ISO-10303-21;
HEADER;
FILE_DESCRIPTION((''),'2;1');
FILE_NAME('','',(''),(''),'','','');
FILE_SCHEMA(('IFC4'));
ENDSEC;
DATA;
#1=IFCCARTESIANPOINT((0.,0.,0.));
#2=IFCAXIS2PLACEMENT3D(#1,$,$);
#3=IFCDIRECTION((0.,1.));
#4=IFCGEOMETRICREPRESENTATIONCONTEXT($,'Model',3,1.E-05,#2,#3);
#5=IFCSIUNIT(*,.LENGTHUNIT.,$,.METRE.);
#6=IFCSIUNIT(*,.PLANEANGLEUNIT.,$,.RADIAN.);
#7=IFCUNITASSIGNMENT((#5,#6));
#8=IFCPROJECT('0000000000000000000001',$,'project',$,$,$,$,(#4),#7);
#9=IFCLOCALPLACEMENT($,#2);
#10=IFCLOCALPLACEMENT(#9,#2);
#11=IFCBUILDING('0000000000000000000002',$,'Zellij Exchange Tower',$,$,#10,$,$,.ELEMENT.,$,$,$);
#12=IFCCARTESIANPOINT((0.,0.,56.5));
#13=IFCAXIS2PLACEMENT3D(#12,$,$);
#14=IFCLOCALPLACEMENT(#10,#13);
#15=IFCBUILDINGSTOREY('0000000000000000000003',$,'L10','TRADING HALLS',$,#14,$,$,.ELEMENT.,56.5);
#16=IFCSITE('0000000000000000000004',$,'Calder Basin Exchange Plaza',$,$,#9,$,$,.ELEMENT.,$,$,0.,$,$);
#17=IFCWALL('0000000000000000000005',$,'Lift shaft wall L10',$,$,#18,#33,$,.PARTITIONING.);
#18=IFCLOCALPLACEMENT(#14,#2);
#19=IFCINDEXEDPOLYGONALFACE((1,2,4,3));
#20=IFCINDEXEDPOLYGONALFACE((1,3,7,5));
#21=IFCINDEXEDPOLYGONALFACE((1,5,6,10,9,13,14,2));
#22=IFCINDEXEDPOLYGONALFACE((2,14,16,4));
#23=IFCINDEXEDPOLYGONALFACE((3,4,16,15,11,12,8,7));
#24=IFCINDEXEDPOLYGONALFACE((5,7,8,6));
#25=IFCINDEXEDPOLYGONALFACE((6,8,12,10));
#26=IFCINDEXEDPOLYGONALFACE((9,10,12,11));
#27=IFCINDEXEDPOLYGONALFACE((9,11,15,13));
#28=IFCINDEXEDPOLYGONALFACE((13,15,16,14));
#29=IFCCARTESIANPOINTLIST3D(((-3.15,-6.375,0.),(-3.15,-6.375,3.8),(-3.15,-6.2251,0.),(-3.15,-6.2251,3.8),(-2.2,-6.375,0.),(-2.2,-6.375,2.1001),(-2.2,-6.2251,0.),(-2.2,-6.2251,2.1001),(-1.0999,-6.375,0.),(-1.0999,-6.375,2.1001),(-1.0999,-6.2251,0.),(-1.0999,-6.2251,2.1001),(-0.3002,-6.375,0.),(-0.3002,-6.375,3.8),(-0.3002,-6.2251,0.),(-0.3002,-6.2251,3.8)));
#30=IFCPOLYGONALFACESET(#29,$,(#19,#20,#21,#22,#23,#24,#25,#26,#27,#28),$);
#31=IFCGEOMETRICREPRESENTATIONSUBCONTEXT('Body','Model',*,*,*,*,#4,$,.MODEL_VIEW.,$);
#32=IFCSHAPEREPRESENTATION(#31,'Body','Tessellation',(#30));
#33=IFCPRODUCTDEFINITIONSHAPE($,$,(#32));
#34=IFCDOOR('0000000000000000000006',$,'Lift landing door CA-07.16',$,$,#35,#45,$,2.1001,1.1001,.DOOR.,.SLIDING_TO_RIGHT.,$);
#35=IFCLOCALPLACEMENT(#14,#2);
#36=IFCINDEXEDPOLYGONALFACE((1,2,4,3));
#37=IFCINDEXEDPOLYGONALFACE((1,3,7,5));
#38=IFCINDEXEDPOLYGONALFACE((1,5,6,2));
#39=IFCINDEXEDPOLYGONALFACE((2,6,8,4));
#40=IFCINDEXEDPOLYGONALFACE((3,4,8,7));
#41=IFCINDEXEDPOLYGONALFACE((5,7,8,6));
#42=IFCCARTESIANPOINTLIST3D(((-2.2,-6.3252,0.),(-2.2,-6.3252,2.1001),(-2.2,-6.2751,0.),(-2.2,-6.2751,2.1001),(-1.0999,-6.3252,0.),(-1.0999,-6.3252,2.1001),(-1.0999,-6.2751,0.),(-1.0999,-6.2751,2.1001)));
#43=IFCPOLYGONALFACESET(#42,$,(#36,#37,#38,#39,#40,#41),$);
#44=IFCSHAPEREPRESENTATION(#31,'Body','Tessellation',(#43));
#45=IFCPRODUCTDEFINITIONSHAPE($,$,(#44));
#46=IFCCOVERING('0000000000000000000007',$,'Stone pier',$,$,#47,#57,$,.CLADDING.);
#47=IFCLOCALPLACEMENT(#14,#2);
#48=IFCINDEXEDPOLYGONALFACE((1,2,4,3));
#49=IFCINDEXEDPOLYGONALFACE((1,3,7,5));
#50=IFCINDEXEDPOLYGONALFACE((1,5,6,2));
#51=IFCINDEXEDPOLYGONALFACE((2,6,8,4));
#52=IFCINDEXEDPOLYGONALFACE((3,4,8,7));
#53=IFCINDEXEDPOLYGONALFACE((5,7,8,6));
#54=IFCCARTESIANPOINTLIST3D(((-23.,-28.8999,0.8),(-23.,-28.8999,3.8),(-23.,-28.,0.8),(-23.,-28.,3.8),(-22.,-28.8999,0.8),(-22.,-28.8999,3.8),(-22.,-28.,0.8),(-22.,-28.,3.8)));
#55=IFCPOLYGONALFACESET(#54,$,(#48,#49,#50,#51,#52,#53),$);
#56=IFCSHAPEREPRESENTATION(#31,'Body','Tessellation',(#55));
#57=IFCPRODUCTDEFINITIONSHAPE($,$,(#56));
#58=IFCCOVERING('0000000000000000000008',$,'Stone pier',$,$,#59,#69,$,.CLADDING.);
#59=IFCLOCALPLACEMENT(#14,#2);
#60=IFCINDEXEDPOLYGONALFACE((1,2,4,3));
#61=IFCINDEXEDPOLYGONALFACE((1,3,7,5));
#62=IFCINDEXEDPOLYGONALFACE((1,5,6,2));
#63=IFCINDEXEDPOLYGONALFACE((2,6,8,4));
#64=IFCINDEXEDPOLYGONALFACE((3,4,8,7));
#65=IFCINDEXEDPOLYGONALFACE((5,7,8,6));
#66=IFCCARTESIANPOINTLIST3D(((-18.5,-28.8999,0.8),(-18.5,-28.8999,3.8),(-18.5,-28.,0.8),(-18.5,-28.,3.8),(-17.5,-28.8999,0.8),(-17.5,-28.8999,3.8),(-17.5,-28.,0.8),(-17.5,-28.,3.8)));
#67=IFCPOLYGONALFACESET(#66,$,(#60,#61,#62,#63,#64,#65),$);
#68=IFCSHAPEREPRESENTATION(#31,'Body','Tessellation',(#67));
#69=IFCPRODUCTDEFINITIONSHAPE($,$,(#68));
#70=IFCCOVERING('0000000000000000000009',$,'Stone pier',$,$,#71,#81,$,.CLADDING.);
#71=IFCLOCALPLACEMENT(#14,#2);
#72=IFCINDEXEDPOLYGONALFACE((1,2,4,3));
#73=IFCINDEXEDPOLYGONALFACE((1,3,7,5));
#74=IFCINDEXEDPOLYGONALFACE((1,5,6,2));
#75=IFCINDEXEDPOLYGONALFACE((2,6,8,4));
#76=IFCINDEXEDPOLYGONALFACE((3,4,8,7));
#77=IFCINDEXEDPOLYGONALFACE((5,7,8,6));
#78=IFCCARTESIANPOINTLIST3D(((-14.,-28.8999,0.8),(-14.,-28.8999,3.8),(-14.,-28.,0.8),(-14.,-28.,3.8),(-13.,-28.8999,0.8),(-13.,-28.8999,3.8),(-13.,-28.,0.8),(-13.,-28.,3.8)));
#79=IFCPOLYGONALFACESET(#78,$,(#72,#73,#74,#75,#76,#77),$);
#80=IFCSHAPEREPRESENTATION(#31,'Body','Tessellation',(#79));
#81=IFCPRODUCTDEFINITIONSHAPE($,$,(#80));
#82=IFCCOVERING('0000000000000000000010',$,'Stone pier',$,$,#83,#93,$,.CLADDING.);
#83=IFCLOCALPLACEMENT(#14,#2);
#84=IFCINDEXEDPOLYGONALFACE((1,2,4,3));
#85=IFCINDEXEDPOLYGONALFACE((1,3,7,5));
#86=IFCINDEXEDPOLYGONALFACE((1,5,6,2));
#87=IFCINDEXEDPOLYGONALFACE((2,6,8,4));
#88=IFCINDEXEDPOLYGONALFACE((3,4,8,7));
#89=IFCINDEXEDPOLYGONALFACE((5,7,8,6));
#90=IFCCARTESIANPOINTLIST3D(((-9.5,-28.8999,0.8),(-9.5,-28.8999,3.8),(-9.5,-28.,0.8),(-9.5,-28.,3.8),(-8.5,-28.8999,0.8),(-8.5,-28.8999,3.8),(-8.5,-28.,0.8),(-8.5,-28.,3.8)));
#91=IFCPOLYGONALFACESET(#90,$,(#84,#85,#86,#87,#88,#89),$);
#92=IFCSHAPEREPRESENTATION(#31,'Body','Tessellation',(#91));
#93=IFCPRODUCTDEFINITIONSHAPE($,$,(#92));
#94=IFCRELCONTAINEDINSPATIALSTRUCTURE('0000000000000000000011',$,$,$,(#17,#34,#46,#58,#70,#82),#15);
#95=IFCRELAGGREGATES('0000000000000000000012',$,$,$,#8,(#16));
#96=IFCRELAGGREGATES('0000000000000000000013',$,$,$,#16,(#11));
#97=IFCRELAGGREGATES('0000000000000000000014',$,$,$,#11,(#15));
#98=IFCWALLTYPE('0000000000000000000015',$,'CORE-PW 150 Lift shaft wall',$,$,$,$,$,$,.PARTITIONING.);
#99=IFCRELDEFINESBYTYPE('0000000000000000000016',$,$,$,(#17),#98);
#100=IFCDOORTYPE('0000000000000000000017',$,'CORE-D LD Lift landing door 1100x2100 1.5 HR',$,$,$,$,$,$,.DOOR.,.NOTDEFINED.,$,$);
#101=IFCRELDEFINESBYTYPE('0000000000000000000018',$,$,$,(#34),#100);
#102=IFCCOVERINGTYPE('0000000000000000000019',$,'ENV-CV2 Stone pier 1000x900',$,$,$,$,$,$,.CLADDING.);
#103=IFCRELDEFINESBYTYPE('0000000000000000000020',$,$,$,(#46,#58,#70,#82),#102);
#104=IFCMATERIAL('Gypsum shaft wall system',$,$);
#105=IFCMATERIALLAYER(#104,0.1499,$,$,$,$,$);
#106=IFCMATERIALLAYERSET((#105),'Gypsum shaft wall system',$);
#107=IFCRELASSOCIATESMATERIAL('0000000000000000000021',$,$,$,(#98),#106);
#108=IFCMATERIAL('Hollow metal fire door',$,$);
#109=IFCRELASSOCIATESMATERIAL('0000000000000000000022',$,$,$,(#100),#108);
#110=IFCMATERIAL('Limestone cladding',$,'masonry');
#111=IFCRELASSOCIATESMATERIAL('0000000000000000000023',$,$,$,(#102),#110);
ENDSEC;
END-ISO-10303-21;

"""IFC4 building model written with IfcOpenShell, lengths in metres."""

from ifc_helpers import new_model, si_unit, direction, frame, frame_2d, origin, place, context, subcontext, project, spatial, polyline, rectangle, outline, extrude, material, layer, layer_set, type_object, element, fill, save


model = new_model("IFC4")

# Units and contexts
model_context = context("Model", 3, precision=1e-05, world=origin(), true_north=direction((0.0, 1.0)))
body_context = subcontext(model_context, "Body", "Model", "MODEL_VIEW")
ifc_project = project(units=[si_unit("LENGTHUNIT", "METRE"), si_unit("PLANEANGLEUNIT", "RADIAN")], contexts=[model_context])

# Site, building, storey
site_placement = place(None, origin())
site = spatial("IfcSite", under=ifc_project, at=site_placement, Name="Calder Basin Exchange Plaza", CompositionType="ELEMENT", RefElevation=0.0)
building_placement = place(site_placement, origin())
building = spatial("IfcBuilding", under=site, at=building_placement, Name="Zellij Exchange Tower", CompositionType="ELEMENT")
storey_placement = place(building_placement, frame((0.0, 0.0, 56.5)))
storey = spatial("IfcBuildingStorey", under=building, at=storey_placement, Name="L10", Description="TRADING HALLS", CompositionType="ELEMENT", Elevation=56.5)

# Shared definitions
ifc_material_1 = material(Name="Gypsum shaft wall system")
ifc_material_2 = material(Name="Hollow metal fire door")

# Shared definitions
ifc_layer_1 = layer(ifc_material_1, 0.1499)
ifc_layer_set_1 = layer_set([ifc_layer_1], Name="Gypsum shaft wall system")
wall_type_1 = type_object("IfcWallType", Name="CORE-PW 150 Lift shaft wall", PredefinedType="PARTITIONING", material=ifc_layer_set_1)

# Shared definitions
door_type_1 = type_object("IfcDoorType", Name="CORE-D LD Lift landing door 1100x2100 1.5 HR", OperationType="NOTDEFINED", PredefinedType="DOOR", material=ifc_material_2)

# Wall, opening, door
wall_1_placement = place(storey_placement, frame((-3.1499, -6.3, 0.0), z_axis=(0.0, 0.0, 1.0), x_axis=(1.0, 0.0, 0.0)))
wall_1 = element("IfcWall", 1, at=wall_1_placement, inside=storey, type_object=wall_type_1, Name="Lift shaft wall L10", PredefinedType="PARTITIONING", context=body_context, shape_type="SweptSolid", body=[
    extrude(rectangle(XDim=2.8499, YDim=0.1499, at=frame_2d((1.4248, 0.0))), origin(), (0.0, 0.0, 1.0), 3.8),
])
opening_1_placement = place(wall_1_placement, frame((0.95, 0.0, 0.0)))
opening_1 = element("IfcOpeningElement", 2, at=opening_1_placement, cuts=wall_1, PredefinedType="OPENING", context=body_context, shape_type="SweptSolid", body=[
    extrude(rectangle(XDim=1.1001, YDim=2.1001, at=frame_2d((0.55, 1.05))), frame((0.0, 0.0869, 0.0), z_axis=(0.0, -1.0, 0.0), x_axis=(1.0, 0.0, 0.0)), (0.0, 0.0, 1.0), 0.1738),
])
door_1_placement = place(opening_1_placement, origin())
door_1 = element("IfcDoor", 3, at=door_1_placement, inside=storey, type_object=door_type_1, Name="Lift landing door CA-07.16", OperationType="SLIDING_TO_RIGHT", OverallHeight=2.1001, OverallWidth=1.1001, PredefinedType="DOOR", context=body_context, shape_type="SweptSolid", body=[
    extrude(rectangle(XDim=1.1001, YDim=2.1001, at=frame_2d((0.55, 1.05))), frame((0.0, 0.0249, 0.0), z_axis=(0.0, -1.0, 0.0), x_axis=(1.0, 0.0, 0.0)), (0.0, 0.0, 1.0), 0.05),
])
fill(opening_1, door_1)

# Coverings
ifc_material_3 = material(Name="Limestone cladding", Category="masonry")
covering_type = type_object("IfcCoveringType", Name="ENV-CV2 Stone pier 1000x900", PredefinedType="CLADDING", material=ifc_material_3)
covering_1_placement = place(storey_placement, frame((0.0, 0.0, 0.8)))
element("IfcCovering", 4, at=covering_1_placement, inside=storey, type_object=covering_type, Name="Stone pier", PredefinedType="CLADDING", context=body_context, shape_type="SweptSolid", body=[
    extrude(outline(polyline([(-23.0, -28.0), (-22.0, -28.0), (-22.0, -28.8999), (-23.0, -28.8999), (-23.0, -28.0)])), origin(), (0.0, 0.0, 1.0), 3.0),
])
covering_2_placement = place(storey_placement, frame((0.0, 0.0, 0.8)))
element("IfcCovering", 5, at=covering_2_placement, inside=storey, type_object=covering_type, Name="Stone pier", PredefinedType="CLADDING", context=body_context, shape_type="SweptSolid", body=[
    extrude(outline(polyline([(-18.5, -28.0), (-17.5, -28.0), (-17.5, -28.8999), (-18.5, -28.8999), (-18.5, -28.0)])), origin(), (0.0, 0.0, 1.0), 3.0),
])
covering_3_placement = place(storey_placement, frame((0.0, 0.0, 0.8)))
element("IfcCovering", 6, at=covering_3_placement, inside=storey, type_object=covering_type, Name="Stone pier", PredefinedType="CLADDING", context=body_context, shape_type="SweptSolid", body=[
    extrude(outline(polyline([(-14.0, -28.0), (-13.0, -28.0), (-13.0, -28.8999), (-14.0, -28.8999), (-14.0, -28.0)])), origin(), (0.0, 0.0, 1.0), 3.0),
])
covering_4_placement = place(storey_placement, frame((0.0, 0.0, 0.8)))
element("IfcCovering", 7, at=covering_4_placement, inside=storey, type_object=covering_type, Name="Stone pier", PredefinedType="CLADDING", context=body_context, shape_type="SweptSolid", body=[
    extrude(outline(polyline([(-9.5, -28.0), (-8.5, -28.0), (-8.5, -28.8999), (-9.5, -28.8999), (-9.5, -28.0)])), origin(), (0.0, 0.0, 1.0), 3.0),
])

save(model, "model.ifc")
